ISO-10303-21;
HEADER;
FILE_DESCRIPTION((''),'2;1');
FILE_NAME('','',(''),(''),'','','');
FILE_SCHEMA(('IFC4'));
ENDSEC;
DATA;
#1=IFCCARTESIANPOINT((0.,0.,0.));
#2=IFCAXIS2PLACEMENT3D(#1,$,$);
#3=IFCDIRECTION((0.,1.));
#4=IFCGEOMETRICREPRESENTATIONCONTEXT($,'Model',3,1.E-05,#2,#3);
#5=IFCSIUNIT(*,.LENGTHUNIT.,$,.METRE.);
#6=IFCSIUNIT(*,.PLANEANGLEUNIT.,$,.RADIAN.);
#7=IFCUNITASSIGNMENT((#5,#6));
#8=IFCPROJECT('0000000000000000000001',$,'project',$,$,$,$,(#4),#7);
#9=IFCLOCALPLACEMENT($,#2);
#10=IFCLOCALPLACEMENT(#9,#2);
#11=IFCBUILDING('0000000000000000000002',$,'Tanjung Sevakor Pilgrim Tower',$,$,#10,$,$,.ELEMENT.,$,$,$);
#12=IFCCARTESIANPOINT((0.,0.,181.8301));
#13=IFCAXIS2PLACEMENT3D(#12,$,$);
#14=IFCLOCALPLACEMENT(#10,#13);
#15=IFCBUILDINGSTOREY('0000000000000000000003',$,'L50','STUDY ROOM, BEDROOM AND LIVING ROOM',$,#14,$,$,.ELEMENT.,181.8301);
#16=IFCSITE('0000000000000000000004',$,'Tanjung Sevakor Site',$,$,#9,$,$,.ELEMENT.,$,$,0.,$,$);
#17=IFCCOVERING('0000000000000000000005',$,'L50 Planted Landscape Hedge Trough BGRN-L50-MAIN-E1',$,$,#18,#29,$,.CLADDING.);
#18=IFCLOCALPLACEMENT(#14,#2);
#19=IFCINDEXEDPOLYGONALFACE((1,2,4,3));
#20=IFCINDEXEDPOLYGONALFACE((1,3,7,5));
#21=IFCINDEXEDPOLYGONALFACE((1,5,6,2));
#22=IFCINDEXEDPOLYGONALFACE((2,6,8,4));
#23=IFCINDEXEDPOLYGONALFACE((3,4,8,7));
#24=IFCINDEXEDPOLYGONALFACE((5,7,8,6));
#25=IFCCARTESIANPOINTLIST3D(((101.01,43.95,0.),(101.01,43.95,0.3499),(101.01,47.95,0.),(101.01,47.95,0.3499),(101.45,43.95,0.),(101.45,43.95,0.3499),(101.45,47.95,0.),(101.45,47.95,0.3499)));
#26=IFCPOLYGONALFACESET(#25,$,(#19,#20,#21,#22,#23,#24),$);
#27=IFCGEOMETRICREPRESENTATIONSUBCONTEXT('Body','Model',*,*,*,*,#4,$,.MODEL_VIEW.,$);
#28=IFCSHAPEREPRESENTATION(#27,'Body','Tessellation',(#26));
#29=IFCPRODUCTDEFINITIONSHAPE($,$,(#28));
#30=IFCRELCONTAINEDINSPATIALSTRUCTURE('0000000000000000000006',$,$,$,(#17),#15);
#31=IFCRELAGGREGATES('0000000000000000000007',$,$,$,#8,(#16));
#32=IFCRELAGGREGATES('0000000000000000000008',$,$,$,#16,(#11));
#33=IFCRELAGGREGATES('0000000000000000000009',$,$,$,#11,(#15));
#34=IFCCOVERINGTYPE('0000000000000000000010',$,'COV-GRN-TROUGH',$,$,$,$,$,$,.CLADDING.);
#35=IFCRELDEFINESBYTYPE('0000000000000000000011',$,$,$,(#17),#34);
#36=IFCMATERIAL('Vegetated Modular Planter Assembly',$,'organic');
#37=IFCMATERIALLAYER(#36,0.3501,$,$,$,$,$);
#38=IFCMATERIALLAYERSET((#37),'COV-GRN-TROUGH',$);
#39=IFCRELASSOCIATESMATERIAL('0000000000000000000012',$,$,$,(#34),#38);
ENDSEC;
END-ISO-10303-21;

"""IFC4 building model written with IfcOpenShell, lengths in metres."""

from ifc_helpers import new_model, si_unit, direction, frame, origin, place, context, subcontext, project, spatial, polyline, outline, extrude, material, layer, layer_set, type_object, element, save


model = new_model("IFC4")

# Units and contexts
model_context = context("Model", 3, precision=1e-05, world=origin(), true_north=direction((0.0, 1.0)))
body_context = subcontext(model_context, "Body", "Model", "MODEL_VIEW")
ifc_project = project(units=[si_unit("LENGTHUNIT", "METRE"), si_unit("PLANEANGLEUNIT", "RADIAN")], contexts=[model_context])

# Site, building, storey
site_placement = place(None, origin())
site = spatial("IfcSite", under=ifc_project, at=site_placement, Name="Tanjung Sevakor Site", CompositionType="ELEMENT", RefElevation=0.0)
building_placement = place(site_placement, origin())
building = spatial("IfcBuilding", under=site, at=building_placement, Name="Tanjung Sevakor Pilgrim Tower", CompositionType="ELEMENT")
storey_placement = place(building_placement, frame((0.0, 0.0, 181.8301)))
storey = spatial("IfcBuildingStorey", under=building, at=storey_placement, Name="L50", Description="STUDY ROOM, BEDROOM AND LIVING ROOM", CompositionType="ELEMENT", Elevation=181.8301)

# Covering
ifc_material_1 = material(Name="Vegetated Modular Planter Assembly", Category="organic")
ifc_layer_1 = layer(ifc_material_1, 0.3501)
ifc_layer_set_1 = layer_set([ifc_layer_1], Name="COV-GRN-TROUGH")
covering_type = type_object("IfcCoveringType", Name="COV-GRN-TROUGH", PredefinedType="CLADDING", material=ifc_layer_set_1)
covering_1_placement = place(storey_placement, origin())
element("IfcCovering", 1, at=covering_1_placement, inside=storey, type_object=covering_type, Name="L50 Planted Landscape Hedge Trough BGRN-L50-MAIN-E1", PredefinedType="CLADDING", context=body_context, shape_type="SweptSolid", body=[
    extrude(outline(polyline([(101.45, 43.95), (101.45, 47.95), (101.01, 47.95), (101.01, 43.95), (101.45, 43.95)])), origin(), (0.0, 0.0, 1.0), 0.3499),
])

save(model, "model.ifc")
